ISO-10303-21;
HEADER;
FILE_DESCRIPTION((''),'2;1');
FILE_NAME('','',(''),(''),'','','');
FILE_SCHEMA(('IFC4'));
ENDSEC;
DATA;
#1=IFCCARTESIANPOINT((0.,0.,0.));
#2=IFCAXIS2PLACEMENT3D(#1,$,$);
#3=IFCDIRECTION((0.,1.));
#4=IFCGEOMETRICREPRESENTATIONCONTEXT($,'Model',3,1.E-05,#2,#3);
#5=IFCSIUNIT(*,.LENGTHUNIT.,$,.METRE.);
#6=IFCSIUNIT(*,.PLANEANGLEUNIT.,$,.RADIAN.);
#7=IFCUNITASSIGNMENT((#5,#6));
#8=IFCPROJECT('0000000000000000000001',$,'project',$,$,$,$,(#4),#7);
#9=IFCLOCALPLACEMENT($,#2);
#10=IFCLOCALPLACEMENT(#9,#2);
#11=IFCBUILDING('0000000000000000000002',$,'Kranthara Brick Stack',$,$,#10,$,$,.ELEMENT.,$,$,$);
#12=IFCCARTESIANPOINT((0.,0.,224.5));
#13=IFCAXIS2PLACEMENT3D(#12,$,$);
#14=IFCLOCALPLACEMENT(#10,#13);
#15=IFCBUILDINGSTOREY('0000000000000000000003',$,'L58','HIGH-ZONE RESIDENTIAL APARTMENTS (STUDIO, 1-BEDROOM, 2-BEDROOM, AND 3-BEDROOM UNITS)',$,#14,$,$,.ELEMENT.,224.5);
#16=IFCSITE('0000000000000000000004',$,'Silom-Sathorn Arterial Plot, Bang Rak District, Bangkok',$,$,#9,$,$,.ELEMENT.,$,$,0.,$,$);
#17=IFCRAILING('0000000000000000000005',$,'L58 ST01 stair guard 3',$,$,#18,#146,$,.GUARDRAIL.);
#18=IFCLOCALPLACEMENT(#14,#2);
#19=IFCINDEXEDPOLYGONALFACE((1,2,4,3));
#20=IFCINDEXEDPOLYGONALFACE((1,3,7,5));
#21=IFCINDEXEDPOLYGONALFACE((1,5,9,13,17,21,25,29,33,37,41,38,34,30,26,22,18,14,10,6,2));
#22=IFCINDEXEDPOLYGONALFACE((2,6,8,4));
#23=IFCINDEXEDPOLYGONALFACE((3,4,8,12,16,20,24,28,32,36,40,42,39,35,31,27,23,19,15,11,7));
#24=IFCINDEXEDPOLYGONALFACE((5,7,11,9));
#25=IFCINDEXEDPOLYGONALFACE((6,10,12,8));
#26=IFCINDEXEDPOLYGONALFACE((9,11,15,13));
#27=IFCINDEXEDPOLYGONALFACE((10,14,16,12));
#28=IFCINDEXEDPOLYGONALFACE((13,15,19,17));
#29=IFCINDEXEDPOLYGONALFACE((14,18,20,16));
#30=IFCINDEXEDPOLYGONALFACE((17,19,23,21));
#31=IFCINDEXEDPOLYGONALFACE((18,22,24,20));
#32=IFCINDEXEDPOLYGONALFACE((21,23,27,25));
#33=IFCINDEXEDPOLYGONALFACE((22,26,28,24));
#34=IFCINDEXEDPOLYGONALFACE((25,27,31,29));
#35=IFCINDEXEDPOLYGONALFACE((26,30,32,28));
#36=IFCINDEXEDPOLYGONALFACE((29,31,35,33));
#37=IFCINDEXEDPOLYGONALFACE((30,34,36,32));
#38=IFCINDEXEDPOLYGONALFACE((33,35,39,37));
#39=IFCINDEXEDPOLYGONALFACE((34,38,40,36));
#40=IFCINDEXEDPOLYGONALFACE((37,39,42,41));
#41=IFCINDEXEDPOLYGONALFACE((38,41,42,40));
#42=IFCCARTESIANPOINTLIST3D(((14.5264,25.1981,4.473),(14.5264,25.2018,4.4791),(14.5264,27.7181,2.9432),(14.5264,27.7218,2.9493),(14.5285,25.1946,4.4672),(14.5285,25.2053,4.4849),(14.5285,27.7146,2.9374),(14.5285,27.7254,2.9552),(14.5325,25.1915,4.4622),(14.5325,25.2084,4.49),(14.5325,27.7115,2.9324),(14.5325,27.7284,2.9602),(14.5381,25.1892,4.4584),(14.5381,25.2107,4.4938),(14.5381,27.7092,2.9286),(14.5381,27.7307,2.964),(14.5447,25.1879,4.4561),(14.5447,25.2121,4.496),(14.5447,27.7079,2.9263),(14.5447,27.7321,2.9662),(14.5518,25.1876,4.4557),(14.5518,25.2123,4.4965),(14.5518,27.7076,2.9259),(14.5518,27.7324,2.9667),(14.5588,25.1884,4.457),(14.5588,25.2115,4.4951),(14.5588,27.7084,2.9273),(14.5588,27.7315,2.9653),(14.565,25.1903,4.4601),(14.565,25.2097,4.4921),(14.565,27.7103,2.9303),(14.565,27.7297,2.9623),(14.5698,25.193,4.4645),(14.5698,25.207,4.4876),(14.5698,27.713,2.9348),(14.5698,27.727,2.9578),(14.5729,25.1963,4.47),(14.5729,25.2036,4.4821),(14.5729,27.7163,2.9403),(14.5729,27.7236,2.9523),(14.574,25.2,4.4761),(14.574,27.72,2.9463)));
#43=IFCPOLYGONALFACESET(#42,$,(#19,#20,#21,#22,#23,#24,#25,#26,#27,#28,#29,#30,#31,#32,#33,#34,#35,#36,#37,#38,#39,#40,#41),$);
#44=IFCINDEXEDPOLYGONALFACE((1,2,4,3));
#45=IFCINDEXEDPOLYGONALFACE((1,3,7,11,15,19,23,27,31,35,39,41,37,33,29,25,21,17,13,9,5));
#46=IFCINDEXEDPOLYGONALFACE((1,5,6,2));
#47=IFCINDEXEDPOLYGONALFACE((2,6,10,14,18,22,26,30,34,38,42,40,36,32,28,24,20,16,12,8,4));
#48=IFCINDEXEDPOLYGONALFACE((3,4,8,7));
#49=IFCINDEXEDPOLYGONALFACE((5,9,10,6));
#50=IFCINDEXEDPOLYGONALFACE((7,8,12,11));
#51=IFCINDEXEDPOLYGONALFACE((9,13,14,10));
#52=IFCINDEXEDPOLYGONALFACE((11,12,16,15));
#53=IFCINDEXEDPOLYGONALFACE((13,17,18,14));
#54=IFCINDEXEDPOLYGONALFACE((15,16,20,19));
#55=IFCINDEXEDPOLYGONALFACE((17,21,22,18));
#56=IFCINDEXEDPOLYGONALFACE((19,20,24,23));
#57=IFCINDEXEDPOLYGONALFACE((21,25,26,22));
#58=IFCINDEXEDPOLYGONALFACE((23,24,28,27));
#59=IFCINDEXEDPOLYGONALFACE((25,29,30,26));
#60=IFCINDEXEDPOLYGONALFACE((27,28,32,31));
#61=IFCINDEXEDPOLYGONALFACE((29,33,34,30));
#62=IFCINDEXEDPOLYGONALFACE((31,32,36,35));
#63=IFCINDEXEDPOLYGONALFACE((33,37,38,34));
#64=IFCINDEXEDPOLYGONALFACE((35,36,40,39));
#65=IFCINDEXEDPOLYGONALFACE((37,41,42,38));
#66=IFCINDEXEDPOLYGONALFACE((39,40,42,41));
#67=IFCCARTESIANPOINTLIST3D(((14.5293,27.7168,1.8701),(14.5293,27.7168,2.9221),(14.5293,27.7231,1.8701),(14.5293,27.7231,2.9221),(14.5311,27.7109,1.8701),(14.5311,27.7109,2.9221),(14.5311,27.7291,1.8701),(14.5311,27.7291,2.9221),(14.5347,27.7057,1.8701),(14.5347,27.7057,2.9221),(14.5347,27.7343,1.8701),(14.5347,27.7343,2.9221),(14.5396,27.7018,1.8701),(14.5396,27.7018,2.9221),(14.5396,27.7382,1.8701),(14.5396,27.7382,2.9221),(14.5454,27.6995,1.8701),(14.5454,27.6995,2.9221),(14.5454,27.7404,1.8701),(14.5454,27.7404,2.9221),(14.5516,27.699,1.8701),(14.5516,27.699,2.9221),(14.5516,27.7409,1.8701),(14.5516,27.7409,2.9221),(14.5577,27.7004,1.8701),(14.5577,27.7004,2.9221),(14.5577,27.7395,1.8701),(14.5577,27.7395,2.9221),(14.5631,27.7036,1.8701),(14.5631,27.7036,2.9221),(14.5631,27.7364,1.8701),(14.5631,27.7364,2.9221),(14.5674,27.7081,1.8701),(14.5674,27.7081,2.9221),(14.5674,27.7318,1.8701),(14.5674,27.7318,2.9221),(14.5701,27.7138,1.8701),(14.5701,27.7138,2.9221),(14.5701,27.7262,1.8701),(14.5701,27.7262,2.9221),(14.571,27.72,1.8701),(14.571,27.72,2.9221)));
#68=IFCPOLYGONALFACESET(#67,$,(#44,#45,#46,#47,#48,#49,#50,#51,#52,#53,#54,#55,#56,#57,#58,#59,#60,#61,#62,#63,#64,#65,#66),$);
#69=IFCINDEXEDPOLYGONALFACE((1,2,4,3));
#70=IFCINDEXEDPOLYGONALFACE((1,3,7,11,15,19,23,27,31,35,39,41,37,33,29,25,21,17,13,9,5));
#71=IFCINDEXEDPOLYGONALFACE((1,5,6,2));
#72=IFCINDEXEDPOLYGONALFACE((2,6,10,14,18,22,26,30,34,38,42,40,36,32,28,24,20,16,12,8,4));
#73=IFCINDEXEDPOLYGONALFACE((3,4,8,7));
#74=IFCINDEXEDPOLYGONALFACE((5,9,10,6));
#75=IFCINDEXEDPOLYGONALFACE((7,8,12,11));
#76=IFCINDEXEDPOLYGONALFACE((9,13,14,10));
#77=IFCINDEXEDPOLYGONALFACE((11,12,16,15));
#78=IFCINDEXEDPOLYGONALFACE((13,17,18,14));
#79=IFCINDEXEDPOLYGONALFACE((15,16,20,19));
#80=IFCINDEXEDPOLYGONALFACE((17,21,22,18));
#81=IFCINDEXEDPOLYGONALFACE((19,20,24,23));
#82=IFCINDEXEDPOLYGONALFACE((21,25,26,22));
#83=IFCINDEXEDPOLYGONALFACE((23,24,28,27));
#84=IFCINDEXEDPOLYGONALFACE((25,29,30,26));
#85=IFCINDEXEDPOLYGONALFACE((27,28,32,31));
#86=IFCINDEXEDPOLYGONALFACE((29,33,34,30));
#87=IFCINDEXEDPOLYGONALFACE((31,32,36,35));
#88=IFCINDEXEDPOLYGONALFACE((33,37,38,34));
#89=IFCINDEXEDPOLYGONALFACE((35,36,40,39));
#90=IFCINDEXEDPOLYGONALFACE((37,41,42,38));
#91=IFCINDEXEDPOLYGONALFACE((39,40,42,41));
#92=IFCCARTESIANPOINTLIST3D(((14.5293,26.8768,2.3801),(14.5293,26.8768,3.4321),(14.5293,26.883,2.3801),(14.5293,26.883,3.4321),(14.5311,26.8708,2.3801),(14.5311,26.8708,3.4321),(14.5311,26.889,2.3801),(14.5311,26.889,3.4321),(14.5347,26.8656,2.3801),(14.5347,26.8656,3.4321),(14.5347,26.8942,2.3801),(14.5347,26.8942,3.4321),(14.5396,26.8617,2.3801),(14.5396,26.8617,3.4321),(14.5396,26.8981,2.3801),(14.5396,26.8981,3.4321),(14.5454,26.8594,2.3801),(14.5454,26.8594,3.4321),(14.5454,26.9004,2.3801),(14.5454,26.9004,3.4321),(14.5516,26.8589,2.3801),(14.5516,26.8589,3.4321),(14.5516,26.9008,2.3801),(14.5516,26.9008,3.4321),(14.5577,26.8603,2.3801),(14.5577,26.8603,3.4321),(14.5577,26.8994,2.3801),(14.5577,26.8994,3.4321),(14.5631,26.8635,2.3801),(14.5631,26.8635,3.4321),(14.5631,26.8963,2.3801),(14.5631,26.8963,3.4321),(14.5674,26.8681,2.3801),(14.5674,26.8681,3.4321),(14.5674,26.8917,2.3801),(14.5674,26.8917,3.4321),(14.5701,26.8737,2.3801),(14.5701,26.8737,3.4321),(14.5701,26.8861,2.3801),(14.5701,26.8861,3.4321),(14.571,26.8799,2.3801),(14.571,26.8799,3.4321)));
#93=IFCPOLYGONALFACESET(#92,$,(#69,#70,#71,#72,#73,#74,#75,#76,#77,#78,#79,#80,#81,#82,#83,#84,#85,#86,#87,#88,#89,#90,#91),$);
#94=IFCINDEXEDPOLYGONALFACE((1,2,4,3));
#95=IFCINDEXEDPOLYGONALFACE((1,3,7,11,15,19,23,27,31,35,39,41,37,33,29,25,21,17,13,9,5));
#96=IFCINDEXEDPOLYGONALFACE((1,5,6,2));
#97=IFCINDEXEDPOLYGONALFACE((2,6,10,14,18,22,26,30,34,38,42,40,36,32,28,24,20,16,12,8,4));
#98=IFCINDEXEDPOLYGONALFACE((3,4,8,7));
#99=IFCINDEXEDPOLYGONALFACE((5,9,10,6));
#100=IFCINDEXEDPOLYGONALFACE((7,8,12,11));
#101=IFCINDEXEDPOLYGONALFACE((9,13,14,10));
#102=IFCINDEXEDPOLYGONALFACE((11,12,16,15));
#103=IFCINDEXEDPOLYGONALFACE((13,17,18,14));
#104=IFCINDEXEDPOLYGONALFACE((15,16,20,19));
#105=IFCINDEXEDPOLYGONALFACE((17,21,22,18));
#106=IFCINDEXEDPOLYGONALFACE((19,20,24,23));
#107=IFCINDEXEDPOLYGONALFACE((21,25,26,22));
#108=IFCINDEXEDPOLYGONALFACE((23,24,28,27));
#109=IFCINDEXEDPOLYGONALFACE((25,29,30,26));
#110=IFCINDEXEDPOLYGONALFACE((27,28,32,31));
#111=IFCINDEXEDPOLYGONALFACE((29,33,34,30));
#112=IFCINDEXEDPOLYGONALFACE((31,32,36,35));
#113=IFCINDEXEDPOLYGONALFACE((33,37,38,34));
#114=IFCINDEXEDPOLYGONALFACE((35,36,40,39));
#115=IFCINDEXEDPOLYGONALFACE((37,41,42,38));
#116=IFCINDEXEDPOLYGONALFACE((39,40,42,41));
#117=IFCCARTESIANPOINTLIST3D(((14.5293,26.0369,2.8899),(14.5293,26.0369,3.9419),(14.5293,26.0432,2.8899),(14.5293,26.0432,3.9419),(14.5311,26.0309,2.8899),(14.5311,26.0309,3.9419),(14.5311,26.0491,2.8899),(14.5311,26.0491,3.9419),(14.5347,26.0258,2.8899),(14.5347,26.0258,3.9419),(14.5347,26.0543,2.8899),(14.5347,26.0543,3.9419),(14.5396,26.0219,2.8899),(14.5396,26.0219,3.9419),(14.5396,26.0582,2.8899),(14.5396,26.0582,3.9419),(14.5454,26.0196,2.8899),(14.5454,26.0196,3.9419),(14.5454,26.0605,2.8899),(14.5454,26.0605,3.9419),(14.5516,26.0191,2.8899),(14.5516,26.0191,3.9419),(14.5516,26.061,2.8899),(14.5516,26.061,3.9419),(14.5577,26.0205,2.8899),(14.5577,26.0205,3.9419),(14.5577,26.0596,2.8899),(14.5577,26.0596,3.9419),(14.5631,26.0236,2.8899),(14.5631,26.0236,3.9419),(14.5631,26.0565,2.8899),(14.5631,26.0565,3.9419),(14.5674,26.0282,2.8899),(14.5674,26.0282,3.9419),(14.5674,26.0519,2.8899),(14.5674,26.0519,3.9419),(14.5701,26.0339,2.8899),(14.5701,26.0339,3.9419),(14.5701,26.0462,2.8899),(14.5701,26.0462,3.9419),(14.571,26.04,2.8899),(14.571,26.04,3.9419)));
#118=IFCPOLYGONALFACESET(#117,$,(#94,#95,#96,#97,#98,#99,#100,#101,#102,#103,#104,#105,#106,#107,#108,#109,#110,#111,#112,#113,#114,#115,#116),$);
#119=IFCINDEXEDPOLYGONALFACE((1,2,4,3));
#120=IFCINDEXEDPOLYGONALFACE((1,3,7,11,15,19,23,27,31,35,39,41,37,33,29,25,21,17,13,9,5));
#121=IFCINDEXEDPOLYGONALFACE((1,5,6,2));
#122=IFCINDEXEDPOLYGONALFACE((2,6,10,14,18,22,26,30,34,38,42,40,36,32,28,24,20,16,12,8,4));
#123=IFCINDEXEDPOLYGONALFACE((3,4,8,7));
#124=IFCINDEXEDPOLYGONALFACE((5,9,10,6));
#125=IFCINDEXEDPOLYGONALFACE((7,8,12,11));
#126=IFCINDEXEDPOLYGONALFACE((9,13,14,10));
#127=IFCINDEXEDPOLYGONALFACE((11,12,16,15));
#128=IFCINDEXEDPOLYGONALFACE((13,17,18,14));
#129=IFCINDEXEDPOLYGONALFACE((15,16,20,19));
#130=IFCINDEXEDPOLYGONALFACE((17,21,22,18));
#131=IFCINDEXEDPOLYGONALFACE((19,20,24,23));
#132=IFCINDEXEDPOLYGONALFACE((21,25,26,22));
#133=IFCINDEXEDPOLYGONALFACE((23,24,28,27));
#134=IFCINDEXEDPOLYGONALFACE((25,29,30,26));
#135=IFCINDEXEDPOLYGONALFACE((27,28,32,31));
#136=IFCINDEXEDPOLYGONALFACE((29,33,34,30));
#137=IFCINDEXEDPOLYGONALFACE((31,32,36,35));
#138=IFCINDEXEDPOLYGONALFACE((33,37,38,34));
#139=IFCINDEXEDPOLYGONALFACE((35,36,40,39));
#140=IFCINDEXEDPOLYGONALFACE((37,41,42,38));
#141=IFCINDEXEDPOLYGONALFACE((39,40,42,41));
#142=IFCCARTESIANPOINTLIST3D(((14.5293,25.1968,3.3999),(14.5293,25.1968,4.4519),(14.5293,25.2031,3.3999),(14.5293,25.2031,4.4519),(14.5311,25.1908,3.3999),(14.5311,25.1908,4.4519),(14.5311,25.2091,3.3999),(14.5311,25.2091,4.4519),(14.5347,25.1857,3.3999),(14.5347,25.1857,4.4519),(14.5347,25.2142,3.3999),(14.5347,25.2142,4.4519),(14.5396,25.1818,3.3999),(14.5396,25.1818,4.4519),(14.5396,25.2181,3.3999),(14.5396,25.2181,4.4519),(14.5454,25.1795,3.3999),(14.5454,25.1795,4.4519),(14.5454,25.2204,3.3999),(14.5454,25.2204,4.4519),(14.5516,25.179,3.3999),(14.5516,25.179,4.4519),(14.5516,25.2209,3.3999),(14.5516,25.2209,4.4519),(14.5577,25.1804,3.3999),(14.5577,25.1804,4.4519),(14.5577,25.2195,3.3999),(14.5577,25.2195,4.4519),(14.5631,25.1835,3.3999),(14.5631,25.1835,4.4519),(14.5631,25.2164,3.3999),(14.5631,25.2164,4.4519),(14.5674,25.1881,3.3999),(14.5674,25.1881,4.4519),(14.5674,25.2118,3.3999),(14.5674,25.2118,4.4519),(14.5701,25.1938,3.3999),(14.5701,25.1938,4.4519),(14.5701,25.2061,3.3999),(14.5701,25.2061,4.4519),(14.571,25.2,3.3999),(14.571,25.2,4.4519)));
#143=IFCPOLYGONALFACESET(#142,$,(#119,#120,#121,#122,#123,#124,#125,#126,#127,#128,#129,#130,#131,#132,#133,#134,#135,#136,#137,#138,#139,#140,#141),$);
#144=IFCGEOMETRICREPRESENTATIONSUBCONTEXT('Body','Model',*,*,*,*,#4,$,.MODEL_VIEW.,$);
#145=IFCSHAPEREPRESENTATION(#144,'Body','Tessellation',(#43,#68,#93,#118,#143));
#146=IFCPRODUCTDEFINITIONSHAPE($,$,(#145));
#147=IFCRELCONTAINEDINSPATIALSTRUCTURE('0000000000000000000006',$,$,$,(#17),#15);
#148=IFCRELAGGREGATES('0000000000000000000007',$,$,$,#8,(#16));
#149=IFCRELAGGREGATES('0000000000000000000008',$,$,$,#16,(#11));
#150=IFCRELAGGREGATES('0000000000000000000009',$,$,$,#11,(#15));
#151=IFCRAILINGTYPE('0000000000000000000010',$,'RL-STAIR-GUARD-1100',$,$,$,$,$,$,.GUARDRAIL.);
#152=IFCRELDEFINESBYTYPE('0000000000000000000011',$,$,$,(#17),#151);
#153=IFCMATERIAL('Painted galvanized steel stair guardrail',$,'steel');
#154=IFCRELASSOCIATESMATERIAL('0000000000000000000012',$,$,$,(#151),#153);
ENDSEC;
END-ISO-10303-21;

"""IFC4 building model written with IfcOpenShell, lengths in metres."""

from ifc_helpers import new_model, si_unit, direction, frame, origin, origin_2d, place, context, subcontext, project, spatial, circle, extrude, material, type_object, element, save


model = new_model("IFC4")

# Units and contexts
model_context = context("Model", 3, precision=1e-05, world=origin(), true_north=direction((0.0, 1.0)))
body_context = subcontext(model_context, "Body", "Model", "MODEL_VIEW")
ifc_project = project(units=[si_unit("LENGTHUNIT", "METRE"), si_unit("PLANEANGLEUNIT", "RADIAN")], contexts=[model_context])

# Site, building, storey
site_placement = place(None, origin())
site = spatial("IfcSite", under=ifc_project, at=site_placement, Name="Silom-Sathorn Arterial Plot, Bang Rak District, Bangkok", CompositionType="ELEMENT", RefElevation=0.0)
building_placement = place(site_placement, origin())
building = spatial("IfcBuilding", under=site, at=building_placement, Name="Kranthara Brick Stack", CompositionType="ELEMENT")
storey_placement = place(building_placement, frame((0.0, 0.0, 224.5)))
storey = spatial("IfcBuildingStorey", under=building, at=storey_placement, Name="L58", Description="HIGH-ZONE RESIDENTIAL APARTMENTS (STUDIO, 1-BEDROOM, 2-BEDROOM, AND 3-BEDROOM UNITS)", CompositionType="ELEMENT", Elevation=224.5)

# Railing
ifc_material_1 = material(Name="Painted galvanized steel stair guardrail", Category="steel")
railing_type_1 = type_object("IfcRailingType", Name="RL-STAIR-GUARD-1100", PredefinedType="GUARDRAIL", material=ifc_material_1)
railing_1_placement = place(storey_placement, frame((14.55, 27.72, 1.8701)))
element("IfcRailing", 1, at=railing_1_placement, inside=storey, type_object=railing_type_1, Name="L58 ST01 stair guard 3", PredefinedType="GUARDRAIL", context=body_context, shape_type="SweptSolid", body=[
    extrude(circle(Radius=0.0239, at=origin_2d()), frame((0.0, 0.0, 1.0762), z_axis=(0.0, -0.854822, 0.518922), x_axis=(1.0, 0.0, 0.0)), (0.0, 0.0, 1.0), 2.948),
    extrude(circle(Radius=0.021, at=origin_2d()), origin(), (0.0, 0.0, 1.0), 1.052),
    extrude(circle(Radius=0.021, at=origin_2d()), frame((0.0, -0.8401, 0.51)), (0.0, 0.0, 1.0), 1.052),
    extrude(circle(Radius=0.021, at=origin_2d()), frame((0.0, -1.6799, 1.0198)), (0.0, 0.0, 1.0), 1.052),
    extrude(circle(Radius=0.021, at=origin_2d()), frame((0.0, -2.52, 1.5298)), (0.0, 0.0, 1.0), 1.052),
])

save(model, "model.ifc")
